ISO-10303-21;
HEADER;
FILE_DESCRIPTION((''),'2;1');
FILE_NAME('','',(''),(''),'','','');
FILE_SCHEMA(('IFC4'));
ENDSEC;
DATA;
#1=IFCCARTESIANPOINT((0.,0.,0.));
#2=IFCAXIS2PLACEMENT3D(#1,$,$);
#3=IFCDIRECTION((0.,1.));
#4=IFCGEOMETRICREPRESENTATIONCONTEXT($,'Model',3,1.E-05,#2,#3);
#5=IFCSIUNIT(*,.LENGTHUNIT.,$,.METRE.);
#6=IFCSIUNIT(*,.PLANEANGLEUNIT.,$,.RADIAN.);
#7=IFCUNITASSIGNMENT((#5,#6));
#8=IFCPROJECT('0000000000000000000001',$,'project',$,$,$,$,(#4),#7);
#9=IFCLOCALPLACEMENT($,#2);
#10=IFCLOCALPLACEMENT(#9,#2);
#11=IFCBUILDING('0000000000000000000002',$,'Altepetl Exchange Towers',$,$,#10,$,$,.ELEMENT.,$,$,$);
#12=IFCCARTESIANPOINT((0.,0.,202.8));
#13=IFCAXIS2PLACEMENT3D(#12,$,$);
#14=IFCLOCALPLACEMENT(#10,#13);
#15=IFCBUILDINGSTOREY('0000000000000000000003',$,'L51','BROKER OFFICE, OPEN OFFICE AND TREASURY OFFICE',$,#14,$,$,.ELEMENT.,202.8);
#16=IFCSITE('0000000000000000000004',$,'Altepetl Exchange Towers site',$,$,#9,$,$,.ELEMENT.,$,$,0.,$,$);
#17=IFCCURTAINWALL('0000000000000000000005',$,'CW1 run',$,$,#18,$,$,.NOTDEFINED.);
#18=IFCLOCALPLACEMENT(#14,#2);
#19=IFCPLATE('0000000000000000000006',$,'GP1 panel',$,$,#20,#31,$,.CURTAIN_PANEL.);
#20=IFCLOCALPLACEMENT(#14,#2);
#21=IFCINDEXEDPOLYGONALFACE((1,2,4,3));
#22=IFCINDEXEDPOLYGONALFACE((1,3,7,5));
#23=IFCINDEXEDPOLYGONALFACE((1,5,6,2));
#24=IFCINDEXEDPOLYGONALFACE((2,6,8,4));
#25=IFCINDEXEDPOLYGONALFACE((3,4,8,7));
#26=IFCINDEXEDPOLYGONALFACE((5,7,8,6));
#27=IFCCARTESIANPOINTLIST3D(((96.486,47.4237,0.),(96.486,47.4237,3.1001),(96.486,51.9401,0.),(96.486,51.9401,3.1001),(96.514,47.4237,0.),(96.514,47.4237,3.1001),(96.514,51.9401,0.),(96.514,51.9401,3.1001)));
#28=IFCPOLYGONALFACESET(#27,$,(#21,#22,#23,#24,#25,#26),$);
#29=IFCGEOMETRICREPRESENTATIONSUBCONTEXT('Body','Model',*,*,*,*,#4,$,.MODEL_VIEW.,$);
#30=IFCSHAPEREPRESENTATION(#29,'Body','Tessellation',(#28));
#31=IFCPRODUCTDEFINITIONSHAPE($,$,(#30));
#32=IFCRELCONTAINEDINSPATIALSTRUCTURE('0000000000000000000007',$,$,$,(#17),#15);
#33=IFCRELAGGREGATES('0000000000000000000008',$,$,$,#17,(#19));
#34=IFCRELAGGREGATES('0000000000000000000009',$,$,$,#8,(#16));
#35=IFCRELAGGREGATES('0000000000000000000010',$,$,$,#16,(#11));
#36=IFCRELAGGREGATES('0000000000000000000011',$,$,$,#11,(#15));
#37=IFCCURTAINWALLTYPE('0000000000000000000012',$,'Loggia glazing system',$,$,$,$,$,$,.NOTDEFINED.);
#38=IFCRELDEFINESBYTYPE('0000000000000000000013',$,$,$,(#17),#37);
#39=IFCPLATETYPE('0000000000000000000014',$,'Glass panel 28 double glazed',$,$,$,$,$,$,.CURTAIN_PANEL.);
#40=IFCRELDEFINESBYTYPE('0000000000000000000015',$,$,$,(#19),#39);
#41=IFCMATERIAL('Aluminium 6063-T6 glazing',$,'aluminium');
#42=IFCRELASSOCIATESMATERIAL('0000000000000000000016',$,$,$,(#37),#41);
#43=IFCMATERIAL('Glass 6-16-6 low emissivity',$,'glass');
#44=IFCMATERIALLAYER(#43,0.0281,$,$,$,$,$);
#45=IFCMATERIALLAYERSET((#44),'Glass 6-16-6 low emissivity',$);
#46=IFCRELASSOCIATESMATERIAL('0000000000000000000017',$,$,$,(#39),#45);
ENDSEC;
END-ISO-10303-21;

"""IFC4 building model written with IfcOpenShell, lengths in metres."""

from ifc_helpers import new_model, si_unit, direction, frame, origin, origin_2d, place, context, subcontext, project, spatial, rectangle, extrude, material, layer, layer_set, type_object, element, aggregate, save


model = new_model("IFC4")

# Units and contexts
model_context = context("Model", 3, precision=1e-05, world=origin(), true_north=direction((0.0, 1.0)))
body_context = subcontext(model_context, "Body", "Model", "MODEL_VIEW")
ifc_project = project(units=[si_unit("LENGTHUNIT", "METRE"), si_unit("PLANEANGLEUNIT", "RADIAN")], contexts=[model_context])

# Site, building, storey
site_placement = place(None, origin())
site = spatial("IfcSite", under=ifc_project, at=site_placement, Name="Altepetl Exchange Towers site", CompositionType="ELEMENT", RefElevation=0.0)
building_placement = place(site_placement, origin())
building = spatial("IfcBuilding", under=site, at=building_placement, Name="Altepetl Exchange Towers", CompositionType="ELEMENT")
storey_placement = place(building_placement, frame((0.0, 0.0, 202.8)))
storey = spatial("IfcBuildingStorey", under=building, at=storey_placement, Name="L51", Description="BROKER OFFICE, OPEN OFFICE AND TREASURY OFFICE", CompositionType="ELEMENT", Elevation=202.8)

# Curtain wall
ifc_material_1 = material(Name="Aluminium 6063-T6 glazing", Category="aluminium")
curtain_wall_type = type_object("IfcCurtainWallType", Name="Loggia glazing system", PredefinedType="NOTDEFINED", material=ifc_material_1)
curtain_wall_1_placement = place(storey_placement, origin())
curtain_wall_1 = element("IfcCurtainWall", 1, at=curtain_wall_1_placement, inside=storey, type_object=curtain_wall_type, Name="CW1 run", PredefinedType="NOTDEFINED")

# Plate
ifc_material_2 = material(Name="Glass 6-16-6 low emissivity", Category="glass")
ifc_layer = layer(ifc_material_2, 0.0281)
ifc_layer_set = layer_set([ifc_layer], Name="Glass 6-16-6 low emissivity")
plate_type = type_object("IfcPlateType", Name="Glass panel 28 double glazed", PredefinedType="CURTAIN_PANEL", material=ifc_layer_set)
plate_1_placement = place(storey_placement, frame((96.5, 49.6819, 0.0), z_axis=(0.0, 0.0, 1.0), x_axis=(0.0, -1.0, 0.0)))
plate_1 = element("IfcPlate", 2, at=plate_1_placement, type_object=plate_type, Name="GP1 panel", PredefinedType="CURTAIN_PANEL", context=body_context, shape_type="SweptSolid", body=[
    extrude(rectangle(XDim=4.5164, YDim=0.0281, at=origin_2d()), origin(), (0.0, 0.0, 1.0), 3.1001),
])
aggregate(curtain_wall_1, [plate_1])

save(model, "model.ifc")
